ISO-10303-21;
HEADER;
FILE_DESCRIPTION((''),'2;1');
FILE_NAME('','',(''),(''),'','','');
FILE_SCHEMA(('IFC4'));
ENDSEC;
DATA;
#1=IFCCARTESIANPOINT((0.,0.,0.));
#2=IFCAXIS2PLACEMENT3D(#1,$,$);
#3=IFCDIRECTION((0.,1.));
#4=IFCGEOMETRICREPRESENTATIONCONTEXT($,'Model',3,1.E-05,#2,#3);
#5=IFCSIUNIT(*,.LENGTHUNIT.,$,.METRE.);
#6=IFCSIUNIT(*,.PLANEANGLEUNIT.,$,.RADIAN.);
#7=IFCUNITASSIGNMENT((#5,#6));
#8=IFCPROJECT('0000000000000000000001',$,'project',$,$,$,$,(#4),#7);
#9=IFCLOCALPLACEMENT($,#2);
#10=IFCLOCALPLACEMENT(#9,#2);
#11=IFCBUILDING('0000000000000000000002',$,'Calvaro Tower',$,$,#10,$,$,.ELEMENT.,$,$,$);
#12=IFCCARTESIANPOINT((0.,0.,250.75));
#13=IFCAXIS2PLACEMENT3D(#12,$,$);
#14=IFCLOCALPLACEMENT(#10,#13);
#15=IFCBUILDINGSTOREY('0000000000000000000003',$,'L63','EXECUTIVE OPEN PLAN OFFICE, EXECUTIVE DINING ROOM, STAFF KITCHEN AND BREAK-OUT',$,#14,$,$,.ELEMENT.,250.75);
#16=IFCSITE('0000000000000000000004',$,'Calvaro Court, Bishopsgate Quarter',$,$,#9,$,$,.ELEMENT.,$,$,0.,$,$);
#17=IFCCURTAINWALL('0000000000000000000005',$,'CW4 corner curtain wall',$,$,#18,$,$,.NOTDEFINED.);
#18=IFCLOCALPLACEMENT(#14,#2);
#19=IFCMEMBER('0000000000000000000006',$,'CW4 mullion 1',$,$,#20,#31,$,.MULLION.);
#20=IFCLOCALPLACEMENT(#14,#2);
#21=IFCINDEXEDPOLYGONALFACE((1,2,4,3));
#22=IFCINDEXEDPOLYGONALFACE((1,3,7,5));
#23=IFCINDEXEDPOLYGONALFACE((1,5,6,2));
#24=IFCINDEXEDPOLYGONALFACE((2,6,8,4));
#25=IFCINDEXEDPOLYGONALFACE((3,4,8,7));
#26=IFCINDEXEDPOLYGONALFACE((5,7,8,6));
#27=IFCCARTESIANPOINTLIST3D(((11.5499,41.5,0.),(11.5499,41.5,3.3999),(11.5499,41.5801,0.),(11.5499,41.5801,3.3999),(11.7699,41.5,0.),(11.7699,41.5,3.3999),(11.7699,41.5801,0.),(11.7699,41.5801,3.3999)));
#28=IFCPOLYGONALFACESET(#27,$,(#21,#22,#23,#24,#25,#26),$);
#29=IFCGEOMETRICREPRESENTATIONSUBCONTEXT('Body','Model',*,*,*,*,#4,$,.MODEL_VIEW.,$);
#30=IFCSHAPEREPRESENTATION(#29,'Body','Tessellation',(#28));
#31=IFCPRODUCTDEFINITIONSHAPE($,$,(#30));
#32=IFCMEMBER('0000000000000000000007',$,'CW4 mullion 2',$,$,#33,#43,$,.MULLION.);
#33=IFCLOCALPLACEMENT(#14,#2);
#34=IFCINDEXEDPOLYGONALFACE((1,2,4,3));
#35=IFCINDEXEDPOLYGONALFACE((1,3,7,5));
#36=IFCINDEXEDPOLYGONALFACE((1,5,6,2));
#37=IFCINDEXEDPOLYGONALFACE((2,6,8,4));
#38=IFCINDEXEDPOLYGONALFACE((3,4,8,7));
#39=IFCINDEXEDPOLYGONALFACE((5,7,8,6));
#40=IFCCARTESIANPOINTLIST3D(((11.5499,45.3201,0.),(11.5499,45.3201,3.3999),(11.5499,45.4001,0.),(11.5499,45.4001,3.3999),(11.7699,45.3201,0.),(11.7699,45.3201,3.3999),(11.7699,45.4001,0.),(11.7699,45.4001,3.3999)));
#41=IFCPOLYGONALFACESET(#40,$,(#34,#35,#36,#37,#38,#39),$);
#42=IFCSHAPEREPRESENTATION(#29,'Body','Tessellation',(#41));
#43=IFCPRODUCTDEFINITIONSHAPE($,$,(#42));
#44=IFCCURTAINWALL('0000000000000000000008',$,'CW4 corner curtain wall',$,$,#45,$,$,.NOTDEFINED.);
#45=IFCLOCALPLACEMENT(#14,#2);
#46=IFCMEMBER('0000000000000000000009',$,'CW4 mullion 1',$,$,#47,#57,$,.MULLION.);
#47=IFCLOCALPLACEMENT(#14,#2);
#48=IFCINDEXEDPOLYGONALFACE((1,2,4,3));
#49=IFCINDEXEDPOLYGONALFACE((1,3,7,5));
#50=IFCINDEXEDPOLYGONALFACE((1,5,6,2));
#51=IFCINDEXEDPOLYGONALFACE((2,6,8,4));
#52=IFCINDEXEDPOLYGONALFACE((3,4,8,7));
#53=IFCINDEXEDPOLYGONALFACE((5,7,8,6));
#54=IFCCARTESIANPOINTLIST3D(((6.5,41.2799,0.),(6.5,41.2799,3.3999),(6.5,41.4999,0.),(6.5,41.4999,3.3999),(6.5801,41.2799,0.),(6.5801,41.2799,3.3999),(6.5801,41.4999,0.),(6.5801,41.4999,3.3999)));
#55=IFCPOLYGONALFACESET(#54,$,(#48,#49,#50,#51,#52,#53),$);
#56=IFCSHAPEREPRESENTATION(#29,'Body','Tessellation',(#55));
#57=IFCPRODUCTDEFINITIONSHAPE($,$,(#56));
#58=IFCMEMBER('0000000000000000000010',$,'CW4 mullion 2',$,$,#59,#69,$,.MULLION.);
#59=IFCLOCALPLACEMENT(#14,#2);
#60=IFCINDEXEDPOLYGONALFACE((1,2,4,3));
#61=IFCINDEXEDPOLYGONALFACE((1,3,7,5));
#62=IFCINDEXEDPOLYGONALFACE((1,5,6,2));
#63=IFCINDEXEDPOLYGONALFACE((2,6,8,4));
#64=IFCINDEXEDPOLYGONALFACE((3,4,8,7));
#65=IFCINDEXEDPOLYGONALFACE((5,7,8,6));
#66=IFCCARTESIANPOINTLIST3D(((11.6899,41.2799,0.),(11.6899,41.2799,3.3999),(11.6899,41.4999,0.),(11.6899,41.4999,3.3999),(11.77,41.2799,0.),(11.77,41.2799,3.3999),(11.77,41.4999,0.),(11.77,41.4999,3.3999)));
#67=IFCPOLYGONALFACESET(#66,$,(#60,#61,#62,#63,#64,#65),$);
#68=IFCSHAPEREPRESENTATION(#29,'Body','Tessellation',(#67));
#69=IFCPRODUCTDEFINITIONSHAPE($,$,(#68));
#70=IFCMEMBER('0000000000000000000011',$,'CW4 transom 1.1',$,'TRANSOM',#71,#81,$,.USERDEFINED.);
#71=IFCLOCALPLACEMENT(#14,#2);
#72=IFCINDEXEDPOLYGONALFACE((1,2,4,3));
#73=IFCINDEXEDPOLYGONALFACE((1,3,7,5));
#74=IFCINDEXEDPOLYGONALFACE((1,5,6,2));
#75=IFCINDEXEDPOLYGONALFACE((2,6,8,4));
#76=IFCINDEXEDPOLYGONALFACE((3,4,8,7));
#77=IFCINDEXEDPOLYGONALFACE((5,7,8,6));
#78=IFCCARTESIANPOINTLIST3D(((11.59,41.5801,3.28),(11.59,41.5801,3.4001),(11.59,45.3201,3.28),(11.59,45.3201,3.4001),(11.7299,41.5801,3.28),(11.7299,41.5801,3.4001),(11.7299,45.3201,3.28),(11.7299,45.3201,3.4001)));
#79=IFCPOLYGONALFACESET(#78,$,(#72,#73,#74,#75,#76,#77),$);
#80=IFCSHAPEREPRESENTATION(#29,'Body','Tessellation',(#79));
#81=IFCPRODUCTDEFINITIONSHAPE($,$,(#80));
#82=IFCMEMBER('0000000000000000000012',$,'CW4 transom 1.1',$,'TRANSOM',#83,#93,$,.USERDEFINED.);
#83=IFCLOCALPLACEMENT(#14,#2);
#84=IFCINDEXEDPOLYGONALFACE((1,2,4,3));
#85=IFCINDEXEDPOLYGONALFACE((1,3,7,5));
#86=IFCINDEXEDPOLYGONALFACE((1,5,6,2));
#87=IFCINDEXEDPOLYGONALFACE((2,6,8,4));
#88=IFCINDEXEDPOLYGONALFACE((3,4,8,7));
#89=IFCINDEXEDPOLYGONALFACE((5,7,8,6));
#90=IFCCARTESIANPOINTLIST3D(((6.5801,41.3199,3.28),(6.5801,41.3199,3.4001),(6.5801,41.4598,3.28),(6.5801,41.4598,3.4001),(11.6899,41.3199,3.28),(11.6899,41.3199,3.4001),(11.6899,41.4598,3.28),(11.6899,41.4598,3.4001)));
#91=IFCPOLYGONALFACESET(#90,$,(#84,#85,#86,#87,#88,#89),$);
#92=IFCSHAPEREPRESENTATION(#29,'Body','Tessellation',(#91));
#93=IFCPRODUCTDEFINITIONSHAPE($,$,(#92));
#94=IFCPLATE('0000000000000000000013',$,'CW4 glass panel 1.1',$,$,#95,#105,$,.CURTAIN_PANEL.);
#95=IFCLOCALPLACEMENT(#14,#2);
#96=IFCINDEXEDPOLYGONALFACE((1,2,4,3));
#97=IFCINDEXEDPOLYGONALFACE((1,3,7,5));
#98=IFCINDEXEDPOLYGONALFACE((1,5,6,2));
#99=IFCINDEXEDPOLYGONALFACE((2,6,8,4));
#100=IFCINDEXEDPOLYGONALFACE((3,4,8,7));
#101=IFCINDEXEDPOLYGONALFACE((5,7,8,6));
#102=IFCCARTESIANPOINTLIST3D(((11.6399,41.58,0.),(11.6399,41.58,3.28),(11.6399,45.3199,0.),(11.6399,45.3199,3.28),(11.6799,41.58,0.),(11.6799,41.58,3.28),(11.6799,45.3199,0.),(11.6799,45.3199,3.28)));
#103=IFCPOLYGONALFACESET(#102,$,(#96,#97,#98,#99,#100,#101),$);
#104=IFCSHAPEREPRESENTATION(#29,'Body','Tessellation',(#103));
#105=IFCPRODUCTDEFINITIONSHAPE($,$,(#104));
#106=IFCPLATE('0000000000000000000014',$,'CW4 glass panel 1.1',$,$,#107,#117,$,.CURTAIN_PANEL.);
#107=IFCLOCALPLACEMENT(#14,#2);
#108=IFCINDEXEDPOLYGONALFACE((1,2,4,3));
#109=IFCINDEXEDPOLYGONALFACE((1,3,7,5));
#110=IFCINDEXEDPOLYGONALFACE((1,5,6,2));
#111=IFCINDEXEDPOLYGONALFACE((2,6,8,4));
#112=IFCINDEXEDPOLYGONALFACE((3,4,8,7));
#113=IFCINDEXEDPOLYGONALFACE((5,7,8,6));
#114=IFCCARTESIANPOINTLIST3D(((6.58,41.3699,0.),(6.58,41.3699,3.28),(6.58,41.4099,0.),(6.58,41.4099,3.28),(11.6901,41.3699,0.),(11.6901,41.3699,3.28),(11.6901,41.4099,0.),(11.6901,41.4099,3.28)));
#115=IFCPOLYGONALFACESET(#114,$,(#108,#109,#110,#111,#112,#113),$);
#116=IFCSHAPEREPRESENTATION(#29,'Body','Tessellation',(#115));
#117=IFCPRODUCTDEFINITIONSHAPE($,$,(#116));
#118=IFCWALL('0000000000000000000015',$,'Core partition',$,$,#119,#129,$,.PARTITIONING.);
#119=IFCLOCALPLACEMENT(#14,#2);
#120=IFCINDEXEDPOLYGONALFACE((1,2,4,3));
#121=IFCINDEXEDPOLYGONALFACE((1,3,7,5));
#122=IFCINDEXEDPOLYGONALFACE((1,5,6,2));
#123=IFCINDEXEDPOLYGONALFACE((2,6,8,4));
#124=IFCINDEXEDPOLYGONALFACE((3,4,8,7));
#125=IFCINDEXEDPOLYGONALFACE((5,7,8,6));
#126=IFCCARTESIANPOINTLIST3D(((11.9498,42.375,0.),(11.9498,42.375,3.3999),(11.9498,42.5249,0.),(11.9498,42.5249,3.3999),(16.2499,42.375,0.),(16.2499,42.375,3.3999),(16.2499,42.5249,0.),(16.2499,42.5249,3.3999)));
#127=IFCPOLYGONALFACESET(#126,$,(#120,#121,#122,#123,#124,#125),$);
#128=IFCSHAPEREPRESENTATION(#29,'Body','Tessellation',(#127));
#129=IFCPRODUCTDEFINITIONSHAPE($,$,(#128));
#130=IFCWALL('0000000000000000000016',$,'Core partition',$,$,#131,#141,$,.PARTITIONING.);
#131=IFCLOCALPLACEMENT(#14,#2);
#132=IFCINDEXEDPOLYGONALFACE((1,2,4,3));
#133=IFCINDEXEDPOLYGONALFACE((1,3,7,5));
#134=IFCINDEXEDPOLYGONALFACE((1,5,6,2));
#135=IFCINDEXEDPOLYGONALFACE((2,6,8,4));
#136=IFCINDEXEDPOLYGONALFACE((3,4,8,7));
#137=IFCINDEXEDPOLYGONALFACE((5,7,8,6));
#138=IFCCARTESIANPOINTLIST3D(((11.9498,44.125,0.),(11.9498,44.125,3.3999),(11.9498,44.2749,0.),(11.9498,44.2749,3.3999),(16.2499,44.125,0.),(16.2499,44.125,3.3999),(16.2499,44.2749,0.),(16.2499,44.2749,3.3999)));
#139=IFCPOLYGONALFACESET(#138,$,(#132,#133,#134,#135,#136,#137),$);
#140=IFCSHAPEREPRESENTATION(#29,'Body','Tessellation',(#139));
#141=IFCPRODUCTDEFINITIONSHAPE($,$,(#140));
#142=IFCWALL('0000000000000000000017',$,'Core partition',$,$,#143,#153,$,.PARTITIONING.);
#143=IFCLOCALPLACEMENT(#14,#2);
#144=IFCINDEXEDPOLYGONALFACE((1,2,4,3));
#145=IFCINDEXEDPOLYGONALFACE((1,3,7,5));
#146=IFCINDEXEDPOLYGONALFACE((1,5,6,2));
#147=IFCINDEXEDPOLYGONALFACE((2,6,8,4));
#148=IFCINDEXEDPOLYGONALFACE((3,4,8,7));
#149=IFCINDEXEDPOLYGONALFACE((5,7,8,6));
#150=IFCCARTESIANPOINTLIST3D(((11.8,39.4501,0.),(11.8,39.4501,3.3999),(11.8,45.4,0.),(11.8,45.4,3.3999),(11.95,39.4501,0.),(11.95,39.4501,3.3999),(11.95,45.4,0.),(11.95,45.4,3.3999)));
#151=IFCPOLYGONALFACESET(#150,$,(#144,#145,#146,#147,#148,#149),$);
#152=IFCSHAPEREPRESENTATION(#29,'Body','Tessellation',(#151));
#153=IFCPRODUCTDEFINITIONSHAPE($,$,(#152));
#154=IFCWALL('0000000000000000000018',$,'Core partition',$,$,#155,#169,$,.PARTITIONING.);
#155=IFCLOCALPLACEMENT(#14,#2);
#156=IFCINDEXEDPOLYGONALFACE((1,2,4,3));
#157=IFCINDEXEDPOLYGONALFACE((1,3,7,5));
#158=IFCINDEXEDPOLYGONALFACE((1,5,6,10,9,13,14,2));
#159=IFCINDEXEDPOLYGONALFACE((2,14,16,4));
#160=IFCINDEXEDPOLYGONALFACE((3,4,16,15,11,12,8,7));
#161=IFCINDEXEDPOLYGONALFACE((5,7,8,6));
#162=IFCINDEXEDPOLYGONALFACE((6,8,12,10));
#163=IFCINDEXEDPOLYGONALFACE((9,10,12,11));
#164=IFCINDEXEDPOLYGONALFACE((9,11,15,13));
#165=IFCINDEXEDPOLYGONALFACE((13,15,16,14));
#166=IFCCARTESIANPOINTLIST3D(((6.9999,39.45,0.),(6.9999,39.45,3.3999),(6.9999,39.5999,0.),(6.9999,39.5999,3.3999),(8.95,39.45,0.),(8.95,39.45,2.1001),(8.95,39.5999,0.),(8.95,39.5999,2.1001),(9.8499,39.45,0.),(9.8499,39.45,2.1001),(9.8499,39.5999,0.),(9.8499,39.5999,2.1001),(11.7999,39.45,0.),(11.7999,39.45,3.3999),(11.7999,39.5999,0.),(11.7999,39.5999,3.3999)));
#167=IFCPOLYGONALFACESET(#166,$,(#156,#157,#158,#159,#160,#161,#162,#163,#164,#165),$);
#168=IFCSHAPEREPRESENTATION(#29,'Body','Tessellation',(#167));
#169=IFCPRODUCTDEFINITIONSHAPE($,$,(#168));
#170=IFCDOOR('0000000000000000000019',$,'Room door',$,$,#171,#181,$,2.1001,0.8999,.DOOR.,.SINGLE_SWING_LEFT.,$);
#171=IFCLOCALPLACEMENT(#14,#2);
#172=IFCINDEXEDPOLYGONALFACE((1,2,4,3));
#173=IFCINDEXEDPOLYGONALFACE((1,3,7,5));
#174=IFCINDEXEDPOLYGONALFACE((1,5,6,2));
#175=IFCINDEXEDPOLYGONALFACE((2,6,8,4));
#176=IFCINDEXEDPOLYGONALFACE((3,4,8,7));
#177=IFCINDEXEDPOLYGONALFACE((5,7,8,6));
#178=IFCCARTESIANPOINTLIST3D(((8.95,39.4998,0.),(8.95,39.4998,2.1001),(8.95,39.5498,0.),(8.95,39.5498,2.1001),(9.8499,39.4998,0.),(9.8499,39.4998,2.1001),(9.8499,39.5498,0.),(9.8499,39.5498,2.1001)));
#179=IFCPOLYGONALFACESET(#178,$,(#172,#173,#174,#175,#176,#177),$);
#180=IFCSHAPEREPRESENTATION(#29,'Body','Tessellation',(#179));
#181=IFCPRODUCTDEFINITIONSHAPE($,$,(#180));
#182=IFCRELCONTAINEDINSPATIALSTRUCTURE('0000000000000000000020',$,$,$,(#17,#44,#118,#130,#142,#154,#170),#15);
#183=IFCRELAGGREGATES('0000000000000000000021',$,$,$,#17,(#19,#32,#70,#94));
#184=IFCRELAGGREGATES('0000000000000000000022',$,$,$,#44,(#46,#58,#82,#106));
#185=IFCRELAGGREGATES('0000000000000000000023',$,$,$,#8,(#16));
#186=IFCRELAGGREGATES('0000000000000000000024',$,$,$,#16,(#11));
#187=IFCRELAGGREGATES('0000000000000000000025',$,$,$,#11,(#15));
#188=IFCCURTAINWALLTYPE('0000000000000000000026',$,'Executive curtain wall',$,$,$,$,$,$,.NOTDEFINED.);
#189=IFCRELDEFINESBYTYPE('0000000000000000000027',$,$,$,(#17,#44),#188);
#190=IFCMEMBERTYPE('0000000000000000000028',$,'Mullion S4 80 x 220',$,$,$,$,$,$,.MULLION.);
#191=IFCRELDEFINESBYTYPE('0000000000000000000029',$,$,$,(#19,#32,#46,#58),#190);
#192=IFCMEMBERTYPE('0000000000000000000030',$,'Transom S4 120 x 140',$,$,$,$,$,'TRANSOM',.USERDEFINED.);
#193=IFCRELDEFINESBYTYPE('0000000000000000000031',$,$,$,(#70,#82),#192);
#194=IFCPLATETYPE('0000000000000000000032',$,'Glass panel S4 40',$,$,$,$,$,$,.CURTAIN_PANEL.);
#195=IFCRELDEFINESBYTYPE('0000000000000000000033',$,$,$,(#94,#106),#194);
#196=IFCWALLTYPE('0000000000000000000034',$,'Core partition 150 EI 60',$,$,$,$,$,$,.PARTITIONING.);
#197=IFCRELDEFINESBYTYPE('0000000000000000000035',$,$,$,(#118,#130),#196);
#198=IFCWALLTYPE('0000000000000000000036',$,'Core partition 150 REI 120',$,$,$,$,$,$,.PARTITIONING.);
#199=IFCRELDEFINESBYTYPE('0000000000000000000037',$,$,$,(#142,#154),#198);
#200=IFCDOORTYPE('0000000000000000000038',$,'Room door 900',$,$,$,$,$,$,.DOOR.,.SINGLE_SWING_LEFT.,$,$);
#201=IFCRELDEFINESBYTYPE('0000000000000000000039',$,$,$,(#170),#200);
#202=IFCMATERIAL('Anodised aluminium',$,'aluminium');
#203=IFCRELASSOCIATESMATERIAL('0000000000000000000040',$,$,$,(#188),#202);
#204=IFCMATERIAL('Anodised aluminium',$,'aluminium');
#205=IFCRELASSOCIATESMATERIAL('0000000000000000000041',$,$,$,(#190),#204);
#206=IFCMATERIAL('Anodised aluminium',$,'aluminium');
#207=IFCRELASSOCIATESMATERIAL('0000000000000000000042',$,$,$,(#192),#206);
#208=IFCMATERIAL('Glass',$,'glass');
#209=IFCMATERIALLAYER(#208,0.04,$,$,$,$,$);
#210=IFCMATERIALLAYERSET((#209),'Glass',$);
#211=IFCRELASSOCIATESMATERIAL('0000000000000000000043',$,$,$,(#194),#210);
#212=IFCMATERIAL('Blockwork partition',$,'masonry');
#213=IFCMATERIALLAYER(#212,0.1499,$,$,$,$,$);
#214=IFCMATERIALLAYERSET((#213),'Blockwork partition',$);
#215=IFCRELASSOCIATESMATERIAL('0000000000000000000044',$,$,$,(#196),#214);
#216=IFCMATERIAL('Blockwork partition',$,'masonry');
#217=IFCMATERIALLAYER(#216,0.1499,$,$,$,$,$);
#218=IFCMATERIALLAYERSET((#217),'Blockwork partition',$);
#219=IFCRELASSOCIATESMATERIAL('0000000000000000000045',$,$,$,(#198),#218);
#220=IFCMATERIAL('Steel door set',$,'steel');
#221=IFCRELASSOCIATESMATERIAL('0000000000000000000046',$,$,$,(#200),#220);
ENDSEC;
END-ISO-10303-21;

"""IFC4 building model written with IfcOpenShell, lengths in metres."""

from ifc_helpers import new_model, si_unit, direction, frame, frame_2d, origin, origin_2d, place, context, subcontext, project, spatial, rectangle, extrude, material, layer, layer_set, material_profile, profile_set, type_object, element, fill, aggregate, save


model = new_model("IFC4")

# Units and contexts
model_context = context("Model", 3, precision=1e-05, world=origin(), true_north=direction((0.0, 1.0)))
body_context = subcontext(model_context, "Body", "Model", "MODEL_VIEW")
ifc_project = project(units=[si_unit("LENGTHUNIT", "METRE"), si_unit("PLANEANGLEUNIT", "RADIAN")], contexts=[model_context])

# Site, building, storey
site_placement = place(None, origin())
site = spatial("IfcSite", under=ifc_project, at=site_placement, Name="Calvaro Court, Bishopsgate Quarter", CompositionType="ELEMENT", RefElevation=0.0)
building_placement = place(site_placement, origin())
building = spatial("IfcBuilding", under=site, at=building_placement, Name="Calvaro Tower", CompositionType="ELEMENT")
storey_placement = place(building_placement, frame((0.0, 0.0, 250.75)))
storey = spatial("IfcBuildingStorey", under=building, at=storey_placement, Name="L63", Description="EXECUTIVE OPEN PLAN OFFICE, EXECUTIVE DINING ROOM, STAFF KITCHEN AND BREAK-OUT", CompositionType="ELEMENT", Elevation=250.75)

# Curtain walls, members
ifc_material_1 = material(Name="Anodised aluminium", Category="aluminium")
curtain_wall_type = type_object("IfcCurtainWallType", Name="Executive curtain wall", PredefinedType="NOTDEFINED", material=ifc_material_1)
curtain_wall_1_placement = place(storey_placement, origin())
curtain_wall_1 = element("IfcCurtainWall", 1, at=curtain_wall_1_placement, inside=storey, type_object=curtain_wall_type, Name="CW4 corner curtain wall", PredefinedType="NOTDEFINED")
ifc_material_2 = material(Name="Anodised aluminium", Category="aluminium")
ifc_material_profile_1 = material_profile(ifc_material_2, rectangle(XDim=0.22, YDim=0.0801, at=origin_2d()), Name="Mullion S4 80 x 220")
ifc_profile_set_1 = profile_set([ifc_material_profile_1], Name="Anodised aluminium")
member_type_1 = type_object("IfcMemberType", Name="Mullion S4 80 x 220", PredefinedType="MULLION", material=ifc_profile_set_1)
member_1_placement = place(storey_placement, frame((11.6599, 41.54, 0.0), z_axis=(0.0, 0.0, 1.0), x_axis=(-1.0, 0.0, 0.0)))
member_1 = element("IfcMember", 2, at=member_1_placement, type_object=member_type_1, Name="CW4 mullion 1", PredefinedType="MULLION", context=body_context, shape_type="SweptSolid", body=[
    extrude(rectangle(XDim=0.22, YDim=0.0801, at=origin_2d()), origin(), (0.0, 0.0, 1.0), 3.3999),
])
member_2_placement = place(storey_placement, frame((11.6599, 45.3601, 0.0), z_axis=(0.0, 0.0, 1.0), x_axis=(-1.0, 0.0, 0.0)))
member_2 = element("IfcMember", 3, at=member_2_placement, type_object=member_type_1, Name="CW4 mullion 2", PredefinedType="MULLION", context=body_context, shape_type="SweptSolid", body=[
    extrude(rectangle(XDim=0.22, YDim=0.0801, at=origin_2d()), origin(), (0.0, 0.0, 1.0), 3.3999),
])
curtain_wall_2_placement = place(storey_placement, origin())
curtain_wall_2 = element("IfcCurtainWall", 4, at=curtain_wall_2_placement, inside=storey, type_object=curtain_wall_type, Name="CW4 corner curtain wall", PredefinedType="NOTDEFINED")
member_3_placement = place(storey_placement, frame((6.54, 41.3899, 0.0), z_axis=(0.0, 0.0, 1.0), x_axis=(0.0, 1.0, 0.0)))
member_3 = element("IfcMember", 5, at=member_3_placement, type_object=member_type_1, Name="CW4 mullion 1", PredefinedType="MULLION", context=body_context, shape_type="SweptSolid", body=[
    extrude(rectangle(XDim=0.22, YDim=0.0801, at=origin_2d()), origin(), (0.0, 0.0, 1.0), 3.3999),
])
member_4_placement = place(storey_placement, frame((11.73, 41.3899, 0.0), z_axis=(0.0, 0.0, 1.0), x_axis=(0.0, 1.0, 0.0)))
member_4 = element("IfcMember", 6, at=member_4_placement, type_object=member_type_1, Name="CW4 mullion 2", PredefinedType="MULLION", context=body_context, shape_type="SweptSolid", body=[
    extrude(rectangle(XDim=0.22, YDim=0.0801, at=origin_2d()), origin(), (0.0, 0.0, 1.0), 3.3999),
])

# Members
ifc_material_3 = material(Name="Anodised aluminium", Category="aluminium")
ifc_material_profile_2 = material_profile(ifc_material_3, rectangle(XDim=0.1399, YDim=0.1201, at=origin_2d()), Name="Transom S4 120 x 140")
ifc_profile_set_2 = profile_set([ifc_material_profile_2], Name="Anodised aluminium")
member_type_2 = type_object("IfcMemberType", Name="Transom S4 120 x 140", ElementType="TRANSOM", PredefinedType="USERDEFINED", material=ifc_profile_set_2)
member_5_placement = place(storey_placement, frame((11.6599, 41.5801, 3.3401), z_axis=(0.0, 1.0, 0.0), x_axis=(-1.0, 0.0, 0.0)))
member_5 = element("IfcMember", 7, at=member_5_placement, type_object=member_type_2, Name="CW4 transom 1.1", ObjectType="TRANSOM", PredefinedType="USERDEFINED", context=body_context, shape_type="SweptSolid", body=[
    extrude(rectangle(XDim=0.1399, YDim=0.1201, at=origin_2d()), origin(), (0.0, 0.0, 1.0), 3.74),
])
member_6_placement = place(storey_placement, frame((6.5801, 41.3899, 3.3401), z_axis=(1.0, 0.0, 0.0), x_axis=(0.0, 1.0, 0.0)))
member_6 = element("IfcMember", 8, at=member_6_placement, type_object=member_type_2, Name="CW4 transom 1.1", ObjectType="TRANSOM", PredefinedType="USERDEFINED", context=body_context, shape_type="SweptSolid", body=[
    extrude(rectangle(XDim=0.1399, YDim=0.1201, at=origin_2d()), origin(), (0.0, 0.0, 1.0), 5.1099),
])

# Plates
ifc_material_4 = material(Name="Glass", Category="glass")
ifc_layer_1 = layer(ifc_material_4, 0.04)
ifc_layer_set_1 = layer_set([ifc_layer_1], Name="Glass")
plate_type = type_object("IfcPlateType", Name="Glass panel S4 40", PredefinedType="CURTAIN_PANEL", material=ifc_layer_set_1)
plate_1_placement = place(storey_placement, frame((11.6599, 43.45, 0.0), z_axis=(0.0, 0.0, 1.0), x_axis=(0.0, 1.0, 0.0)))
plate_1 = element("IfcPlate", 9, at=plate_1_placement, type_object=plate_type, Name="CW4 glass panel 1.1", PredefinedType="CURTAIN_PANEL", context=body_context, shape_type="SweptSolid", body=[
    extrude(rectangle(XDim=3.74, YDim=0.04, at=origin_2d()), origin(), (0.0, 0.0, 1.0), 3.28),
])
aggregate(curtain_wall_1, [member_1, member_2, member_5, plate_1])
plate_2_placement = place(storey_placement, frame((9.135, 41.3899, 0.0), z_axis=(0.0, 0.0, 1.0), x_axis=(1.0, 0.0, 0.0)))
plate_2 = element("IfcPlate", 10, at=plate_2_placement, type_object=plate_type, Name="CW4 glass panel 1.1", PredefinedType="CURTAIN_PANEL", context=body_context, shape_type="SweptSolid", body=[
    extrude(rectangle(XDim=5.1101, YDim=0.04, at=origin_2d()), origin(), (0.0, 0.0, 1.0), 3.28),
])
aggregate(curtain_wall_2, [member_3, member_4, member_6, plate_2])

# Walls
ifc_material_5 = material(Name="Blockwork partition", Category="masonry")
ifc_layer_2 = layer(ifc_material_5, 0.1499)
ifc_layer_set_2 = layer_set([ifc_layer_2], Name="Blockwork partition")
wall_type_1 = type_object("IfcWallType", Name="Core partition 150 EI 60", PredefinedType="PARTITIONING", material=ifc_layer_set_2)
for number, where, z_axis, x_axis, name in (
    (11, (11.95, 42.45, 0.0), (0.0, 0.0, 1.0), (1.0, 0.0, 0.0), "Core partition"),
    (12, (11.95, 44.2, 0.0), (0.0, 0.0, 1.0), (1.0, 0.0, 0.0), "Core partition"),
):
    element("IfcWall", number, at=place(storey_placement, frame(where, z_axis=z_axis, x_axis=x_axis)), inside=storey, type_object=wall_type_1, Name=name, PredefinedType="PARTITIONING", context=body_context, shape_type="SweptSolid", body=[
        extrude(rectangle(XDim=4.3, YDim=0.1499, at=frame_2d((2.1499, 0.0))), origin(), (0.0, 0.0, 1.0), 3.3999),
    ])
ifc_material_6 = material(Name="Blockwork partition", Category="masonry")
ifc_layer_3 = layer(ifc_material_6, 0.1499)
ifc_layer_set_3 = layer_set([ifc_layer_3], Name="Blockwork partition")
wall_type_2 = type_object("IfcWallType", Name="Core partition 150 REI 120", PredefinedType="PARTITIONING", material=ifc_layer_set_3)
wall_1_placement = place(storey_placement, frame((11.875, 39.45, 0.0), z_axis=(0.0, 0.0, 1.0), x_axis=(0.0, 1.0, 0.0)))
element("IfcWall", 13, at=wall_1_placement, inside=storey, type_object=wall_type_2, Name="Core partition", PredefinedType="PARTITIONING", context=body_context, shape_type="SweptSolid", body=[
    extrude(rectangle(XDim=5.95, YDim=0.1499, at=frame_2d((2.9751, 0.0))), origin(), (0.0, 0.0, 1.0), 3.3999),
])

# Wall, opening, door
wall_2_placement = place(storey_placement, frame((7.0, 39.5249, 0.0), z_axis=(0.0, 0.0, 1.0), x_axis=(1.0, 0.0, 0.0)))
wall_2 = element("IfcWall", 14, at=wall_2_placement, inside=storey, type_object=wall_type_2, Name="Core partition", PredefinedType="PARTITIONING", context=body_context, shape_type="SweptSolid", body=[
    extrude(rectangle(XDim=4.8, YDim=0.1499, at=frame_2d((2.3999, 0.0))), origin(), (0.0, 0.0, 1.0), 3.3999),
])
opening_1_placement = place(wall_2_placement, frame((1.95, 0.0, 0.0)))
opening_1 = element("IfcOpeningElement", 15, at=opening_1_placement, cuts=wall_2, PredefinedType="OPENING", context=body_context, shape_type="SweptSolid", body=[
    extrude(rectangle(XDim=0.8999, YDim=2.1001, at=frame_2d((0.45, 1.05))), frame((0.0, 0.085, 0.0), z_axis=(0.0, -1.0, 0.0), x_axis=(1.0, 0.0, 0.0)), (0.0, 0.0, 1.0), 0.1699),
])
ifc_material_7 = material(Name="Steel door set", Category="steel")
door_type_1 = type_object("IfcDoorType", Name="Room door 900", OperationType="SINGLE_SWING_LEFT", PredefinedType="DOOR", material=ifc_material_7)
door_1_placement = place(opening_1_placement, origin())
door_1 = element("IfcDoor", 16, at=door_1_placement, inside=storey, type_object=door_type_1, Name="Room door", OperationType="SINGLE_SWING_LEFT", OverallHeight=2.1001, OverallWidth=0.8999, PredefinedType="DOOR", context=body_context, shape_type="SweptSolid", body=[
    extrude(rectangle(XDim=0.8999, YDim=2.1001, at=frame_2d((0.45, 1.05))), frame((0.0, 0.0249, 0.0), z_axis=(0.0, -1.0, 0.0), x_axis=(1.0, 0.0, 0.0)), (0.0, 0.0, 1.0), 0.05),
])
fill(opening_1, door_1)

save(model, "model.ifc")
